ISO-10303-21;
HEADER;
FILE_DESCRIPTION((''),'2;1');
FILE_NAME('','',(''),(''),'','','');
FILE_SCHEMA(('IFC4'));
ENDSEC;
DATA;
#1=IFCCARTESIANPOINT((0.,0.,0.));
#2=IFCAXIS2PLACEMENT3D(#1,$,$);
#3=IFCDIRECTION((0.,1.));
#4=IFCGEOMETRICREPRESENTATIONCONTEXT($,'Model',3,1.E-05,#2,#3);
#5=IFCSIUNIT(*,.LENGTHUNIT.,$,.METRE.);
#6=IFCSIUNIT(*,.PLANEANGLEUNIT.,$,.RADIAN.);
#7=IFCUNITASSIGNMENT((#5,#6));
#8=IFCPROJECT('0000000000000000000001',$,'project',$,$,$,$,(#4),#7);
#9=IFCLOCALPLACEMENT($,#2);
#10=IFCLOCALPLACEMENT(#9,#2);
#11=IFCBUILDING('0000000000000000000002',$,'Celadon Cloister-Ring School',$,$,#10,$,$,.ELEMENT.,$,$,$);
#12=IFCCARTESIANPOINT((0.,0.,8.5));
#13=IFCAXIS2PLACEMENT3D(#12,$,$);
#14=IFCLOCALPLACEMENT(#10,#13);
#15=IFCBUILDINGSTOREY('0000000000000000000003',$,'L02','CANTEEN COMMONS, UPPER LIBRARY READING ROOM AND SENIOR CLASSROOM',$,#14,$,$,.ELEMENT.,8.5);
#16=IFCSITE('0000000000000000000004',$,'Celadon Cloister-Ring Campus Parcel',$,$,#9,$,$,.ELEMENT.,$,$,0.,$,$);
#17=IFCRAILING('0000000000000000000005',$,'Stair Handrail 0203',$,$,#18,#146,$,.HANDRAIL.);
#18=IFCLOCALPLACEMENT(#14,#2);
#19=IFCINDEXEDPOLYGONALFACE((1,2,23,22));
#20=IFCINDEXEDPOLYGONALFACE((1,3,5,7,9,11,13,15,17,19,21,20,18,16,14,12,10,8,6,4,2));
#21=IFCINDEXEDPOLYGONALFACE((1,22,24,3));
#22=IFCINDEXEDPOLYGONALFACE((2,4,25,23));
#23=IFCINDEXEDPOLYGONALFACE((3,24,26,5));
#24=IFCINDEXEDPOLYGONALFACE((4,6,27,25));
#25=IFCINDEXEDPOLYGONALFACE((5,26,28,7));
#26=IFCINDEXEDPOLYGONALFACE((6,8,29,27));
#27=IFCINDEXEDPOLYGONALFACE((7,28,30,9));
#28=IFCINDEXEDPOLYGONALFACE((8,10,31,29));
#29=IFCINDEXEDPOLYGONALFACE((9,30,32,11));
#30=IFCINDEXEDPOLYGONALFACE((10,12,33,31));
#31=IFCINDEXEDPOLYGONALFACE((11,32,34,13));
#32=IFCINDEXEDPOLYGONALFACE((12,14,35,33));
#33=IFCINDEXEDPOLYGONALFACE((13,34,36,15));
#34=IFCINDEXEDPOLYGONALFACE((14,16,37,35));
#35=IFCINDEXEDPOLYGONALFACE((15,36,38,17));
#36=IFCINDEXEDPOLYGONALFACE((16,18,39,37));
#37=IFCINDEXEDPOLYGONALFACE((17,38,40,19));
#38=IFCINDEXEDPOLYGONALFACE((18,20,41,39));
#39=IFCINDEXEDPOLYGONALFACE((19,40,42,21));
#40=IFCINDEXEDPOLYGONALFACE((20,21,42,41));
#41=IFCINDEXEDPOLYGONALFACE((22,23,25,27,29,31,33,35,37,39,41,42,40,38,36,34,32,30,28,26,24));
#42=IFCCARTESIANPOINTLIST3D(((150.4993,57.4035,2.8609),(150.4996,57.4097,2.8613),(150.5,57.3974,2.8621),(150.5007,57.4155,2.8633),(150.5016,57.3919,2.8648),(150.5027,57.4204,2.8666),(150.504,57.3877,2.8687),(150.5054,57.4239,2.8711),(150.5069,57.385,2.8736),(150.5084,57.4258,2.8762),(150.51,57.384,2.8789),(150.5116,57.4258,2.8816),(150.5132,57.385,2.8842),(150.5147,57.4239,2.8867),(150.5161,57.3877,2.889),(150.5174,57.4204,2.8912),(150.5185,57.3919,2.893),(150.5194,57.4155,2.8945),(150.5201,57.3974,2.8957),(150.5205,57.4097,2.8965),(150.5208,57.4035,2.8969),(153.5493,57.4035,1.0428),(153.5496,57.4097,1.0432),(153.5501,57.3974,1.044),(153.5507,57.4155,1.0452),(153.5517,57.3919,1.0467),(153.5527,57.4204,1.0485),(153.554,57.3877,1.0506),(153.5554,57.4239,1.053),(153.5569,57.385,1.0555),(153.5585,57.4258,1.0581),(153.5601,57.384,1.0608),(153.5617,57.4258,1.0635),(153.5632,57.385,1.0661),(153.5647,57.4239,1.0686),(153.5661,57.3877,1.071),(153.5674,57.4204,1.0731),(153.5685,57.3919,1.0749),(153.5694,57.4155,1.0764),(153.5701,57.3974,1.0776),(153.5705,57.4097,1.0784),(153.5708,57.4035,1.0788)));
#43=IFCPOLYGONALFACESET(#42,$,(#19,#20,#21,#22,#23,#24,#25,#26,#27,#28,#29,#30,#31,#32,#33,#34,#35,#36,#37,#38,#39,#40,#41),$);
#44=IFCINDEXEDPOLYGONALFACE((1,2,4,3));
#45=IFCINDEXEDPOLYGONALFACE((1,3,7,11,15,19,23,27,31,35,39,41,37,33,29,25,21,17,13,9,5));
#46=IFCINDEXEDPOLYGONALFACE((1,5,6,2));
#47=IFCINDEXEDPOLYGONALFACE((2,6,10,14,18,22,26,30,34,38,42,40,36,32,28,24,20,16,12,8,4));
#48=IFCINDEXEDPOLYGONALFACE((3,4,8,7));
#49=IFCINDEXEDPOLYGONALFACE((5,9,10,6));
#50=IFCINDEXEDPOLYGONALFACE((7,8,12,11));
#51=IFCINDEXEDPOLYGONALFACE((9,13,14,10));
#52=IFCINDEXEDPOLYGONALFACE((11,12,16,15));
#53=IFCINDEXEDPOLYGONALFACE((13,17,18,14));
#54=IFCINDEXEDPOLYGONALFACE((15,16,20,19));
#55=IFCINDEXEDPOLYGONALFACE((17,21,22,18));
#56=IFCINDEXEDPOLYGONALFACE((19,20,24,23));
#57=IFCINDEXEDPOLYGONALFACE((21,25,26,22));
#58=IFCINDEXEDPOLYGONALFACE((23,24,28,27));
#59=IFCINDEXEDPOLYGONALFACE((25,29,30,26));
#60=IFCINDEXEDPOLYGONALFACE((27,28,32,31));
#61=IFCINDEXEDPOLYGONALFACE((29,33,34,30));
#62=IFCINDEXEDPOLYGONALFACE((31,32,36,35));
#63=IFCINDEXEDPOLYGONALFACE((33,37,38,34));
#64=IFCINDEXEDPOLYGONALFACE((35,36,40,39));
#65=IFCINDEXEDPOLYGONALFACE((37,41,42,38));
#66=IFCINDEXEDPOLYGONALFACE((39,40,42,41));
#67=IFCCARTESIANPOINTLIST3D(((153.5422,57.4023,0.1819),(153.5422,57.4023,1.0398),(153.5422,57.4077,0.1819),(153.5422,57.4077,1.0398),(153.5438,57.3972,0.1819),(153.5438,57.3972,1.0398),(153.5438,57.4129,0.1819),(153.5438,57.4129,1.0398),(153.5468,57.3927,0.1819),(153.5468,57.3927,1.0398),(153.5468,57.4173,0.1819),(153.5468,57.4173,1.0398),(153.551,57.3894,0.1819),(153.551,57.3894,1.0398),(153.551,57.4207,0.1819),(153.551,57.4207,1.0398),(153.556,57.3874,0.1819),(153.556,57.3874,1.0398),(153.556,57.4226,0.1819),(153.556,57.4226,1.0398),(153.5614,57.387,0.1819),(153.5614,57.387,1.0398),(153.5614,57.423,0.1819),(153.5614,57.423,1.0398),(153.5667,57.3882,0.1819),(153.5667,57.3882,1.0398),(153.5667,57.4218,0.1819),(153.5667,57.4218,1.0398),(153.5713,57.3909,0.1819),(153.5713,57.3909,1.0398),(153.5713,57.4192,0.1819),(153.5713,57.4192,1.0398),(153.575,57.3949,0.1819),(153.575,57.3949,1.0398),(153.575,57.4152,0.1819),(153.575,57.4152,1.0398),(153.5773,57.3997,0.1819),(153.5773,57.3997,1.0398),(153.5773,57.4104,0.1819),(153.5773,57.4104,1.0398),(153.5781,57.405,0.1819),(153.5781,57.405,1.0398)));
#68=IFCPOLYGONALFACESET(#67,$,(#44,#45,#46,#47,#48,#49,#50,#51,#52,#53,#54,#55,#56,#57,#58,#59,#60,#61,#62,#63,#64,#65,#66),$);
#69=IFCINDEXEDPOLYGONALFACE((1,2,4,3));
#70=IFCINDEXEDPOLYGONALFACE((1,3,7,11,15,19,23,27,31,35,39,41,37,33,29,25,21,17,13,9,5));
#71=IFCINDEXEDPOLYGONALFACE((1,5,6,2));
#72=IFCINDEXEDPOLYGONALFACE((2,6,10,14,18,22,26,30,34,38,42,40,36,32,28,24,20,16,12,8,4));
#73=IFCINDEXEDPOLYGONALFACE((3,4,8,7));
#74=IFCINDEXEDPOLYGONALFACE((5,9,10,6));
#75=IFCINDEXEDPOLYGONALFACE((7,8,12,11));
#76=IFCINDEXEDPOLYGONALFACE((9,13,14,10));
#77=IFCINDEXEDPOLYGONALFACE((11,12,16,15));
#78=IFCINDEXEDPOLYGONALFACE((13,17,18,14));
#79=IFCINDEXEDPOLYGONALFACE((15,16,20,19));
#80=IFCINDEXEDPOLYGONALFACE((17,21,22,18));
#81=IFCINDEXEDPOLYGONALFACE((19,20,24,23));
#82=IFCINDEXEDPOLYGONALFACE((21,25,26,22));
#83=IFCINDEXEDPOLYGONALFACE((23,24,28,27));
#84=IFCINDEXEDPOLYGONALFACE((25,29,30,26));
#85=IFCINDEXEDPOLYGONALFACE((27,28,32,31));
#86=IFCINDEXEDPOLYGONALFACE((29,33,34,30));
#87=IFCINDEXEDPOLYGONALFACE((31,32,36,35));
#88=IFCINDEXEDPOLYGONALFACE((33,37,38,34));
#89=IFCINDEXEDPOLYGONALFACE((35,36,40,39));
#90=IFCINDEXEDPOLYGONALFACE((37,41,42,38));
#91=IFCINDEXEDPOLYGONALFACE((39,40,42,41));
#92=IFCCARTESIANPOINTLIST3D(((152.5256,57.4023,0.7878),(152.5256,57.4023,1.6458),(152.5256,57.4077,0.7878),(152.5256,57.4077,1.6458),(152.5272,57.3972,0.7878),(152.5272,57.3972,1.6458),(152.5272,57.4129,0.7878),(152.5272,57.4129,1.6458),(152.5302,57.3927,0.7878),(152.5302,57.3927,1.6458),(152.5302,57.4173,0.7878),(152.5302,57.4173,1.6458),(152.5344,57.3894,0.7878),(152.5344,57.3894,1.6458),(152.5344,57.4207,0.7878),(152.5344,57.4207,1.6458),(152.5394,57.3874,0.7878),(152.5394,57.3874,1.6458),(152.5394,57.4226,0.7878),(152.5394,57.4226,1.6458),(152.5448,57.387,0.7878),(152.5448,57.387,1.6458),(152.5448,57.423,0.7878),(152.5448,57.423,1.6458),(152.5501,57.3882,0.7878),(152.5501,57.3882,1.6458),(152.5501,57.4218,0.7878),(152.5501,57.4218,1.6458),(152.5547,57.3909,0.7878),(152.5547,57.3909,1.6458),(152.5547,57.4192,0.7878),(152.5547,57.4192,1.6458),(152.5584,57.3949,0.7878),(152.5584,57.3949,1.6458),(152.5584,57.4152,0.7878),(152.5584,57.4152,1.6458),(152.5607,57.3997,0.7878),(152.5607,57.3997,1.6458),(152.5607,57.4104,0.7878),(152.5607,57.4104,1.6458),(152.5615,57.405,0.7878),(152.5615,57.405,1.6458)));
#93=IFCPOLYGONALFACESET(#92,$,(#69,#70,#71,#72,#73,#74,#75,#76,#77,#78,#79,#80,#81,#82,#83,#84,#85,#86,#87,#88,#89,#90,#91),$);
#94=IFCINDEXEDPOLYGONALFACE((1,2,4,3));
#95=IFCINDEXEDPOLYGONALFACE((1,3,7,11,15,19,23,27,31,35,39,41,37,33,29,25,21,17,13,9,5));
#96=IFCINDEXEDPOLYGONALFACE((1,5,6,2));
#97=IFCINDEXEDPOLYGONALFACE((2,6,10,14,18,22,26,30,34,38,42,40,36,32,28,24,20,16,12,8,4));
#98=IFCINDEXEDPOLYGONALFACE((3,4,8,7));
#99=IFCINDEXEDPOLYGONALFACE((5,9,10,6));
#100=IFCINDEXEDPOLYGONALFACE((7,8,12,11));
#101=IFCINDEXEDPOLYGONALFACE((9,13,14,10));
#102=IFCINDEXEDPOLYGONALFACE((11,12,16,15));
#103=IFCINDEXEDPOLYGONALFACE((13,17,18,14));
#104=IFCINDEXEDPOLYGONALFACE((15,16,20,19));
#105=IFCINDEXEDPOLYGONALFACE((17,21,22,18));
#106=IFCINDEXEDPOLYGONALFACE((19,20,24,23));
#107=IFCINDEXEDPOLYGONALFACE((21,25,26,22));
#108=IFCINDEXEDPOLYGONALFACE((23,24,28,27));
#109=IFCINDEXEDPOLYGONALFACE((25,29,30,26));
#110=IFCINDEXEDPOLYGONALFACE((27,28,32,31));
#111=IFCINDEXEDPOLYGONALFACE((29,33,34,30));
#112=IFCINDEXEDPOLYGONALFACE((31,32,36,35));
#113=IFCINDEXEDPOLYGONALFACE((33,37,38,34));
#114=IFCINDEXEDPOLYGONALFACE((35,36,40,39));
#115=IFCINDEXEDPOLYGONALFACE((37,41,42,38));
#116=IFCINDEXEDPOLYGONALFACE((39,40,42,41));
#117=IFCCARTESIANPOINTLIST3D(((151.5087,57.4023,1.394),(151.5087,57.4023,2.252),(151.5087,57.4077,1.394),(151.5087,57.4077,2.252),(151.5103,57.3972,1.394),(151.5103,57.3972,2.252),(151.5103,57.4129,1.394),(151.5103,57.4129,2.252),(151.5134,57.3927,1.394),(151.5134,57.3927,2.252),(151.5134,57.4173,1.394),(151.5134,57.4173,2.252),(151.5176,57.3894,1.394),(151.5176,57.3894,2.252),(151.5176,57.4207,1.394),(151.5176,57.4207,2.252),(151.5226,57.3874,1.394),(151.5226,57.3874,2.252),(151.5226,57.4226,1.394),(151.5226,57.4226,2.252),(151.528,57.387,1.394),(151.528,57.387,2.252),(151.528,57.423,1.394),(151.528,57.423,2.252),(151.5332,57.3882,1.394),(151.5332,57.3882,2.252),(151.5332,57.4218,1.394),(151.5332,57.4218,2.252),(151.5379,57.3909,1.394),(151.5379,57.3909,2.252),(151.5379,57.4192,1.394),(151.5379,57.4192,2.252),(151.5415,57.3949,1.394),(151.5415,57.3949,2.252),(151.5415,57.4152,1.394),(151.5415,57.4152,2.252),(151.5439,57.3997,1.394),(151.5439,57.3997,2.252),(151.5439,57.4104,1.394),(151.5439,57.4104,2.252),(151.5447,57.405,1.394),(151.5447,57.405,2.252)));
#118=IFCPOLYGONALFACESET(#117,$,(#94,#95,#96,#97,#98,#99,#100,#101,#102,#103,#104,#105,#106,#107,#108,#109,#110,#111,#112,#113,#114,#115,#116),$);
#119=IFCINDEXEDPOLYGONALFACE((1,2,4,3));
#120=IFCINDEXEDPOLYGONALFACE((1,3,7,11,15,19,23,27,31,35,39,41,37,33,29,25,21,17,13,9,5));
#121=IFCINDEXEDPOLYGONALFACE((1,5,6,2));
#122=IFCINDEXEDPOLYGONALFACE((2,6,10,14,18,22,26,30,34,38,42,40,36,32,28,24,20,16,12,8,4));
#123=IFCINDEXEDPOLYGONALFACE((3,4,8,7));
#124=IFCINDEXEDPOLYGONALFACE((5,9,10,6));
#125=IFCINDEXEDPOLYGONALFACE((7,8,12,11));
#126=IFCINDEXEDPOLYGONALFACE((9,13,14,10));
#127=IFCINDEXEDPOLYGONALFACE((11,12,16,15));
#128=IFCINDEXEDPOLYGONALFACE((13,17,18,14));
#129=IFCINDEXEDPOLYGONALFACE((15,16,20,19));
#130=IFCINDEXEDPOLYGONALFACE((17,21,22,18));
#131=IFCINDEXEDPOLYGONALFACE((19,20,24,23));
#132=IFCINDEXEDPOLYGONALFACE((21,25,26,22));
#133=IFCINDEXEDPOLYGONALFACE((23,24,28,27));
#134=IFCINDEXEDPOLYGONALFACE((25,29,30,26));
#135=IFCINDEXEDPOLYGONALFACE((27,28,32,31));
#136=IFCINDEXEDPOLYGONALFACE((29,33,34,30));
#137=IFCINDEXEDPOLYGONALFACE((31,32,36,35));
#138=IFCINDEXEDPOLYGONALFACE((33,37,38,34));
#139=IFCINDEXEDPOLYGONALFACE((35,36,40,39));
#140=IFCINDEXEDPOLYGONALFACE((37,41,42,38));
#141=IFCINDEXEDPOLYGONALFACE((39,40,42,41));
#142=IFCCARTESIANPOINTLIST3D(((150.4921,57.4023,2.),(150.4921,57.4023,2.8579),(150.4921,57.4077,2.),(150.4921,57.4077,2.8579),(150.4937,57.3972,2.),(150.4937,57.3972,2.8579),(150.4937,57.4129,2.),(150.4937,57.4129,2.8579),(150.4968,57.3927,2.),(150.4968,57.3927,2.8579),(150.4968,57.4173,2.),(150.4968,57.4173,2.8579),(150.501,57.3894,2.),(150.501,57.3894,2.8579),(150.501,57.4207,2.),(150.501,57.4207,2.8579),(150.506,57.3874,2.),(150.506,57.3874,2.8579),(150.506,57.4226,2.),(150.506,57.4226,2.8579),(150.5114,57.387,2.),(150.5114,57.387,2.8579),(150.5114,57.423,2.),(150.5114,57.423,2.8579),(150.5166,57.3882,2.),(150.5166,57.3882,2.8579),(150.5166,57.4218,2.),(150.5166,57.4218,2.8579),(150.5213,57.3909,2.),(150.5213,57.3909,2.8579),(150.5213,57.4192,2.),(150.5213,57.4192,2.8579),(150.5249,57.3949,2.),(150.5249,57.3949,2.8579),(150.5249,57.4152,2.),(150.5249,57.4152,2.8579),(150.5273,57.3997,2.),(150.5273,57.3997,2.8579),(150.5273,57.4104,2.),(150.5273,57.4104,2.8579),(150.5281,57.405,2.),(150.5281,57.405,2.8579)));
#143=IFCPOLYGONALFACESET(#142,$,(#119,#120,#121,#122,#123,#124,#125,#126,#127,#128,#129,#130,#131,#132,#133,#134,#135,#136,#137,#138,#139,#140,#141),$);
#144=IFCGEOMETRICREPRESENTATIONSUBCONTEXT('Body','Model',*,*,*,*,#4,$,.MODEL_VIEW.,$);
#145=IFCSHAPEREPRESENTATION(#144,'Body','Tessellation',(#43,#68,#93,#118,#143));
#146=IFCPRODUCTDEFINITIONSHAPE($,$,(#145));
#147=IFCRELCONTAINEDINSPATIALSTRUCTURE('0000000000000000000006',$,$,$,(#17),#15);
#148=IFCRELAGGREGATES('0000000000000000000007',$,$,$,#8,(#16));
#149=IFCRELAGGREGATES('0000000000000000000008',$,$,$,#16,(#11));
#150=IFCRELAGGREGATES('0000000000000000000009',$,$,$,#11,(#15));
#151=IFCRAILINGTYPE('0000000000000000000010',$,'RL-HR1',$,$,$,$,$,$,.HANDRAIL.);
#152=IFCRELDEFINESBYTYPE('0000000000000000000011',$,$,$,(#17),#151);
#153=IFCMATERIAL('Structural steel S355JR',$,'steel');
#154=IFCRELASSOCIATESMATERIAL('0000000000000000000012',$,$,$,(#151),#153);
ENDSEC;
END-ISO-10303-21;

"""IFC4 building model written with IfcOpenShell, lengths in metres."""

from ifc_helpers import new_model, si_unit, direction, frame, origin, origin_2d, place, context, subcontext, project, spatial, circle, extrude, material, type_object, element, save


model = new_model("IFC4")

# Units and contexts
model_context = context("Model", 3, precision=1e-05, world=origin(), true_north=direction((0.0, 1.0)))
body_context = subcontext(model_context, "Body", "Model", "MODEL_VIEW")
ifc_project = project(units=[si_unit("LENGTHUNIT", "METRE"), si_unit("PLANEANGLEUNIT", "RADIAN")], contexts=[model_context])

# Site, building, storey
site_placement = place(None, origin())
site = spatial("IfcSite", under=ifc_project, at=site_placement, Name="Celadon Cloister-Ring Campus Parcel", CompositionType="ELEMENT", RefElevation=0.0)
building_placement = place(site_placement, origin())
building = spatial("IfcBuilding", under=site, at=building_placement, Name="Celadon Cloister-Ring School", CompositionType="ELEMENT")
storey_placement = place(building_placement, frame((0.0, 0.0, 8.5)))
storey = spatial("IfcBuildingStorey", under=building, at=storey_placement, Name="L02", Description="CANTEEN COMMONS, UPPER LIBRARY READING ROOM AND SENIOR CLASSROOM", CompositionType="ELEMENT", Elevation=8.5)

# Railing
ifc_material_1 = material(Name="Structural steel S355JR", Category="steel")
railing_type_1 = type_object("IfcRailingType", Name="RL-HR1", PredefinedType="HANDRAIL", material=ifc_material_1)
railing_1_placement = place(storey_placement, frame((153.5601, 57.405, 0.1819)))
element("IfcRailing", 1, at=railing_1_placement, inside=storey, type_object=railing_type_1, Name="Stair Handrail 0203", PredefinedType="HANDRAIL", context=body_context, shape_type="SweptSolid", body=[
    extrude(circle(Radius=0.021, at=origin_2d()), frame((0.0, 0.0, 0.8789), z_axis=(-0.85897, 0.0, 0.512026), x_axis=(0.0, -1.0, 0.0)), (0.0, 0.0, 1.0), 3.5508),
    extrude(circle(Radius=0.0181, at=origin_2d()), origin(), (0.0, 0.0, 1.0), 0.8579),
    extrude(circle(Radius=0.0181, at=origin_2d()), frame((-1.0166, 0.0, 0.606)), (0.0, 0.0, 1.0), 0.8579),
    extrude(circle(Radius=0.0181, at=origin_2d()), frame((-2.0334, 0.0, 1.2122)), (0.0, 0.0, 1.0), 0.8579),
    extrude(circle(Radius=0.0181, at=origin_2d()), frame((-3.05, 0.0, 1.8181)), (0.0, 0.0, 1.0), 0.8579),
])

save(model, "model.ifc")
